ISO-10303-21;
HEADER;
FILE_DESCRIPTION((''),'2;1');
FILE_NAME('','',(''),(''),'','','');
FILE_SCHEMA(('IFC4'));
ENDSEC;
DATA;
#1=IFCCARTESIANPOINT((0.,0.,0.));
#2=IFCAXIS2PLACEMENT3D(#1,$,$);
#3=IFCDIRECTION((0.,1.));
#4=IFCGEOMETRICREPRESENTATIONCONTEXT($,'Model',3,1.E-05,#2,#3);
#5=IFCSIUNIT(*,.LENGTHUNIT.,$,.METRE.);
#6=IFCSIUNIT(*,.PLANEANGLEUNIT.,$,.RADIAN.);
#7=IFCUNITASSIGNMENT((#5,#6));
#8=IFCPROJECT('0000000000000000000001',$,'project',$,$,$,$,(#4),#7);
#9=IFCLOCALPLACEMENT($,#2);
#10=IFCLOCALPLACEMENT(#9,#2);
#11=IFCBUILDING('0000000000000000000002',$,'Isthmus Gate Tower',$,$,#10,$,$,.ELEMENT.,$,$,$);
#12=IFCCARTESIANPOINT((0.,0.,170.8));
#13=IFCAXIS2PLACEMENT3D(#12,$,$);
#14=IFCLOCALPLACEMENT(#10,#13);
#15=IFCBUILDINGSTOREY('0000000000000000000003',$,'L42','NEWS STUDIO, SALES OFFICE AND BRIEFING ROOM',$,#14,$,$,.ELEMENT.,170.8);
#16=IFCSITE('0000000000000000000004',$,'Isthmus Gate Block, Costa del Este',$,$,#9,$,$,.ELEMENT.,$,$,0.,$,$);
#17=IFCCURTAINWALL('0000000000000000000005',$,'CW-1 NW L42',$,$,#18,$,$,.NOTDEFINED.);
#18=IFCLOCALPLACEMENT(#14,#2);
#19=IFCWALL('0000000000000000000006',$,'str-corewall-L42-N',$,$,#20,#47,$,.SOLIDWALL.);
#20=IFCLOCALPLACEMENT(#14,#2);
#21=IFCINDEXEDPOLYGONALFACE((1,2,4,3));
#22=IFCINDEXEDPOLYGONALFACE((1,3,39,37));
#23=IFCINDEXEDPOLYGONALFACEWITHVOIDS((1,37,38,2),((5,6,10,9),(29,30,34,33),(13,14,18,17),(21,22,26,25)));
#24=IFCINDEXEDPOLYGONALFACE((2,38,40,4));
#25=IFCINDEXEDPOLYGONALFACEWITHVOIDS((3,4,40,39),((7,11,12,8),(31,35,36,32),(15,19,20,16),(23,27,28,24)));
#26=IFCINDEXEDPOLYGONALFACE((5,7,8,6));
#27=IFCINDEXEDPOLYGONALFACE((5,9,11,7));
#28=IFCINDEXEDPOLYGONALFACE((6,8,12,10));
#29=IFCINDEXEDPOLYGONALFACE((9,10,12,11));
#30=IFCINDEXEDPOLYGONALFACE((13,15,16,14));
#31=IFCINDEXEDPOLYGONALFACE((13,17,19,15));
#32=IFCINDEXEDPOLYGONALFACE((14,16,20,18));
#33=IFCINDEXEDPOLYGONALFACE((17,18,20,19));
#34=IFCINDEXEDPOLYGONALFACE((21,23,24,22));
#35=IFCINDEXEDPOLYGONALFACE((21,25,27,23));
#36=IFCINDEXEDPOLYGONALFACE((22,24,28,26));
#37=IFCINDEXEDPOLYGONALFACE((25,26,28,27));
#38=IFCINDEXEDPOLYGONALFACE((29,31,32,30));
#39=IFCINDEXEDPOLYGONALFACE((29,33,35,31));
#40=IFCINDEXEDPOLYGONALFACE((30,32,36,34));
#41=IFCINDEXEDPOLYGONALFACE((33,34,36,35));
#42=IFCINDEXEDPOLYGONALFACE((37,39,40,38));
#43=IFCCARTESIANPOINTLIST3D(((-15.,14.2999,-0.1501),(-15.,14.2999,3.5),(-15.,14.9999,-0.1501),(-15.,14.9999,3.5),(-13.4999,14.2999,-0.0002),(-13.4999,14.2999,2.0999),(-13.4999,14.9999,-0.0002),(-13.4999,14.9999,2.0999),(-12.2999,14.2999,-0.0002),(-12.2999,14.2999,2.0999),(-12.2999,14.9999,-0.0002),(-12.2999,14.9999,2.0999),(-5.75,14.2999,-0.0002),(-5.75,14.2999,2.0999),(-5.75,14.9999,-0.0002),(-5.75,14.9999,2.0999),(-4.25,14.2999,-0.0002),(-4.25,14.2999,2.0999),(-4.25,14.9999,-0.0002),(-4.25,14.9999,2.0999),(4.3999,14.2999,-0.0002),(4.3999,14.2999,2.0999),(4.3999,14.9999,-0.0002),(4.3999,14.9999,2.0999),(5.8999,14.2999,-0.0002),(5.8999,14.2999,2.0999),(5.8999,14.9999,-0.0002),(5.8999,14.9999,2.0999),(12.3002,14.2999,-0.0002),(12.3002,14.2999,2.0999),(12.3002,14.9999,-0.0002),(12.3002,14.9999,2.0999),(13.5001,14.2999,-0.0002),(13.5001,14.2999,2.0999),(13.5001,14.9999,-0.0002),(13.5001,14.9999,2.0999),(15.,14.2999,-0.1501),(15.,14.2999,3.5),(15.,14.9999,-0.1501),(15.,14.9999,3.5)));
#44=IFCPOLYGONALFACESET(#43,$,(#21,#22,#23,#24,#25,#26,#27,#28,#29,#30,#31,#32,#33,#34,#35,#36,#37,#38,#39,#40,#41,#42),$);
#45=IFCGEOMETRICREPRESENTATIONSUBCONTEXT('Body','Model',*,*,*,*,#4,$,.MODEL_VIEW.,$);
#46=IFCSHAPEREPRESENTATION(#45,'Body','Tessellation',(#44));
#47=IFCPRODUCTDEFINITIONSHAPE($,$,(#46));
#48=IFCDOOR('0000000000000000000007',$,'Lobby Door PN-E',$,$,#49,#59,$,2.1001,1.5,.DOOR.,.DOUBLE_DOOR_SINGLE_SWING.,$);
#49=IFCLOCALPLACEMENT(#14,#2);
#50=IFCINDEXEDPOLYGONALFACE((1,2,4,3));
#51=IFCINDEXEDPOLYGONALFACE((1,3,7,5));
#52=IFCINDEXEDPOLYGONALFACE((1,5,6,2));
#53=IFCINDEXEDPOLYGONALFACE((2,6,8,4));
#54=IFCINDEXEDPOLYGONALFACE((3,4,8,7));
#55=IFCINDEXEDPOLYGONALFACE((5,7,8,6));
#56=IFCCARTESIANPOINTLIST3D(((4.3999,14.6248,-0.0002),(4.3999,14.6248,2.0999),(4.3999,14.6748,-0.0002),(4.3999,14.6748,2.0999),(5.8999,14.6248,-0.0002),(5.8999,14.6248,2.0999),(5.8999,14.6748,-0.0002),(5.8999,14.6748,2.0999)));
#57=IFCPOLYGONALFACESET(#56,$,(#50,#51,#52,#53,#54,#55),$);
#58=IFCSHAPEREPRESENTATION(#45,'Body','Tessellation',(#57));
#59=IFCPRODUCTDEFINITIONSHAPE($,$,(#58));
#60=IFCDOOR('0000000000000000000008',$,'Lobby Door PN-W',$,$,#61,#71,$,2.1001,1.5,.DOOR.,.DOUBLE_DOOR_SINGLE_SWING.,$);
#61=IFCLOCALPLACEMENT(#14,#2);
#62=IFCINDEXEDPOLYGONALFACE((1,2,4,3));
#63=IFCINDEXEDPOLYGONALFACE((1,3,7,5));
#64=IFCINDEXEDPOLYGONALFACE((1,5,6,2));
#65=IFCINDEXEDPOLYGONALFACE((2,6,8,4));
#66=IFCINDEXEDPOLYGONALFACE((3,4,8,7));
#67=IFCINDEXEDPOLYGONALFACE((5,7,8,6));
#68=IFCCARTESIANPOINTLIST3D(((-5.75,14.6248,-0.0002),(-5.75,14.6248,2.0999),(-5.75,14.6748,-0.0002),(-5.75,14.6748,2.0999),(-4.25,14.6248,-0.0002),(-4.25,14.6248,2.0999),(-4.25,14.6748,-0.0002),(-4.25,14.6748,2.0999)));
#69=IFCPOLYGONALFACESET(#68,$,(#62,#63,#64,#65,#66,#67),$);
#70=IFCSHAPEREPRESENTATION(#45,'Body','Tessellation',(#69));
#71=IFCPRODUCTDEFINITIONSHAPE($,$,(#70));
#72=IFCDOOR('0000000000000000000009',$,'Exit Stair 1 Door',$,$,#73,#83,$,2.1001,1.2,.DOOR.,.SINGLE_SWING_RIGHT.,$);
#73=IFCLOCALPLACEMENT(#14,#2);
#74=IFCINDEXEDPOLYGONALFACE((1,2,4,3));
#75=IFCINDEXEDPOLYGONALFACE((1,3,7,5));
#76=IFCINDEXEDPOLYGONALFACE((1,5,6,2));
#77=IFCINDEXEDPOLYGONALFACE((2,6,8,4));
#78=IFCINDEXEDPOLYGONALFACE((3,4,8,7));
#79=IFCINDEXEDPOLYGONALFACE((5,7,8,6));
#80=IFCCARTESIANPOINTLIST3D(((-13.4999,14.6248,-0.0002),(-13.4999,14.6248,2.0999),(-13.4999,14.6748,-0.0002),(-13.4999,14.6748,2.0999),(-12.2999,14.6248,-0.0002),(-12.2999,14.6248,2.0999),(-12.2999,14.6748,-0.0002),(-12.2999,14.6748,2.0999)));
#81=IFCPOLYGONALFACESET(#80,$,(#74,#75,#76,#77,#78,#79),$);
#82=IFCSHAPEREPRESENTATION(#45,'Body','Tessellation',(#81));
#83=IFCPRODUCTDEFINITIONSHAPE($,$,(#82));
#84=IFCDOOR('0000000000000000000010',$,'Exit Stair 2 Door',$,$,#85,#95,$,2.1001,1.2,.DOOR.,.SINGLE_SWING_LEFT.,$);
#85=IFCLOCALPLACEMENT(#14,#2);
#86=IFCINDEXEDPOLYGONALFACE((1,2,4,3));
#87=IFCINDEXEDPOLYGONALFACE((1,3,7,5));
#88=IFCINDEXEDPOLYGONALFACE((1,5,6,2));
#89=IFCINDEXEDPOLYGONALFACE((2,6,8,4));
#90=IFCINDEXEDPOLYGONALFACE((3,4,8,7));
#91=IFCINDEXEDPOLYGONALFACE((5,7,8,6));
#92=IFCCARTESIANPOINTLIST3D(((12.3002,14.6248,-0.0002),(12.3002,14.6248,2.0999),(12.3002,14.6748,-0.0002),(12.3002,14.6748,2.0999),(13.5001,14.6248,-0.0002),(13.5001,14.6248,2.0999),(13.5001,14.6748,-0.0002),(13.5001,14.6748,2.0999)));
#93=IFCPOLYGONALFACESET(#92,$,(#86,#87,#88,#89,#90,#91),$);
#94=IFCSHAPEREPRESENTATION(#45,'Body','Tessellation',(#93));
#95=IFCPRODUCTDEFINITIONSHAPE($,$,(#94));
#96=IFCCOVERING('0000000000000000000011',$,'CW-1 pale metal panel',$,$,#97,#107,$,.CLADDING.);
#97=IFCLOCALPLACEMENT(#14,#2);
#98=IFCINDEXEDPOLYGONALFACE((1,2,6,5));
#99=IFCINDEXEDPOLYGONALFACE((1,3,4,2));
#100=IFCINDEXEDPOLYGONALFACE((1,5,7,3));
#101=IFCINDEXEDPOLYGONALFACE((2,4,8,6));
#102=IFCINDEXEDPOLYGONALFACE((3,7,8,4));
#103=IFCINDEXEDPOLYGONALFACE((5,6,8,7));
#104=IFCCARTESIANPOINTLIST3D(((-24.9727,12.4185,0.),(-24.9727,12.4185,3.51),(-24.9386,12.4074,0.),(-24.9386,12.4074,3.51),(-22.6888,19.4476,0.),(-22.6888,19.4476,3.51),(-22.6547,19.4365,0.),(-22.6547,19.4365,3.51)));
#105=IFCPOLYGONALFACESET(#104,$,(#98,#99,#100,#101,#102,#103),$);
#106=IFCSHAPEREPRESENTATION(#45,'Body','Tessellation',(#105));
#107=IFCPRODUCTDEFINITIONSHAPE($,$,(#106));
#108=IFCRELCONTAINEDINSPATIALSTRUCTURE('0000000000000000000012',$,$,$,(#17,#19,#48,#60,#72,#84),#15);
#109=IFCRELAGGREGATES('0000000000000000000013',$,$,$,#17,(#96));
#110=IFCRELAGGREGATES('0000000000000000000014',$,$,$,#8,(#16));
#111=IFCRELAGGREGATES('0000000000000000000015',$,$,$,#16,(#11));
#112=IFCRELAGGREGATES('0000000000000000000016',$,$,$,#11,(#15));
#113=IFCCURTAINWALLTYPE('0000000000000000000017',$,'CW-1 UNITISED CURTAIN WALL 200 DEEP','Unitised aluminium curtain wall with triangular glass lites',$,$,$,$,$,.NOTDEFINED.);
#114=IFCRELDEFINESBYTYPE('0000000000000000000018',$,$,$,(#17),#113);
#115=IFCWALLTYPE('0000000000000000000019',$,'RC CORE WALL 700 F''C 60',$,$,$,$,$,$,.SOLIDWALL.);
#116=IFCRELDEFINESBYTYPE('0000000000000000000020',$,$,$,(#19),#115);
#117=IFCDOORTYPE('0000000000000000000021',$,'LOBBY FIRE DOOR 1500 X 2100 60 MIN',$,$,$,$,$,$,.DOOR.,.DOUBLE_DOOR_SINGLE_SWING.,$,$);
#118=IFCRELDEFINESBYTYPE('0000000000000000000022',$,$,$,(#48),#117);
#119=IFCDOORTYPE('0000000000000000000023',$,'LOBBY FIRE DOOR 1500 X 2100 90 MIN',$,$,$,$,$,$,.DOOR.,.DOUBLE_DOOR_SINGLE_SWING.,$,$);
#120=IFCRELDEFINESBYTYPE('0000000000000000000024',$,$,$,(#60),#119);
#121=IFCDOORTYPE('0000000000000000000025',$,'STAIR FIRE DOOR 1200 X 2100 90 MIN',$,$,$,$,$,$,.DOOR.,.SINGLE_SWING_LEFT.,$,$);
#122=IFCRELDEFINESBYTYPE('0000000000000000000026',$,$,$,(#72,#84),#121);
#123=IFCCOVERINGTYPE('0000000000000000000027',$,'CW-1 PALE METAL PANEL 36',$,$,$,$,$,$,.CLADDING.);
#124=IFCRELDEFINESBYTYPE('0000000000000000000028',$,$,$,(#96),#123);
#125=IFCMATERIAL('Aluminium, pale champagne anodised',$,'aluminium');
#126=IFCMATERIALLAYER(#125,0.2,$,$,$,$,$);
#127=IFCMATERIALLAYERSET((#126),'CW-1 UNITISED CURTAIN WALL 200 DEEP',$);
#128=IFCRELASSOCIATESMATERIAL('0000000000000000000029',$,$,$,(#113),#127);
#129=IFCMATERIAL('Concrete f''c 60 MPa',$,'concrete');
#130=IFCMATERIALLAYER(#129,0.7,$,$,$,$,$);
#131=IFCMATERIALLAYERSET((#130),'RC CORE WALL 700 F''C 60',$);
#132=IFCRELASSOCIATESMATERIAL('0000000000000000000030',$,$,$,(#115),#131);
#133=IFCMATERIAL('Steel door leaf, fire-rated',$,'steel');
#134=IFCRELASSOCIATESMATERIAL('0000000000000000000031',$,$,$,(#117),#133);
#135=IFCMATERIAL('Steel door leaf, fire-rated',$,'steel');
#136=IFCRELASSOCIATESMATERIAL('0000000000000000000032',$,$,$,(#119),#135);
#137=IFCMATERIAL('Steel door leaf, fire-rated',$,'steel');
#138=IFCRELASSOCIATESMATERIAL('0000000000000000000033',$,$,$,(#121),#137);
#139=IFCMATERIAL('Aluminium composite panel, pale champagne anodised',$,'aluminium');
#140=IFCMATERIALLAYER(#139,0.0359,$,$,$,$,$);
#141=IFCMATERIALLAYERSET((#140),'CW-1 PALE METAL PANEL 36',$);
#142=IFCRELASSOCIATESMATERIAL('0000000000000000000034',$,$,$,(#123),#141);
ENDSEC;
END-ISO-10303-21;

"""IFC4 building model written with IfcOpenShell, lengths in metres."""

from ifc_helpers import new_model, si_unit, direction, frame, frame_2d, origin, origin_2d, place, context, subcontext, project, spatial, rectangle, extrude, material, layer, layer_set, type_object, element, fill, aggregate, save


model = new_model("IFC4")

# Units and contexts
model_context = context("Model", 3, precision=1e-05, world=origin(), true_north=direction((0.0, 1.0)))
body_context = subcontext(model_context, "Body", "Model", "MODEL_VIEW")
ifc_project = project(units=[si_unit("LENGTHUNIT", "METRE"), si_unit("PLANEANGLEUNIT", "RADIAN")], contexts=[model_context])

# Site, building, storey
site_placement = place(None, origin())
site = spatial("IfcSite", under=ifc_project, at=site_placement, Name="Isthmus Gate Block, Costa del Este", CompositionType="ELEMENT", RefElevation=0.0)
building_placement = place(site_placement, origin())
building = spatial("IfcBuilding", under=site, at=building_placement, Name="Isthmus Gate Tower", CompositionType="ELEMENT")
storey_placement = place(building_placement, frame((0.0, 0.0, 170.8)))
storey = spatial("IfcBuildingStorey", under=building, at=storey_placement, Name="L42", Description="NEWS STUDIO, SALES OFFICE AND BRIEFING ROOM", CompositionType="ELEMENT", Elevation=170.8)

# Curtain wall
ifc_material_1 = material(Name="Aluminium, pale champagne anodised", Category="aluminium")
ifc_layer_1 = layer(ifc_material_1, 0.2)
ifc_layer_set_1 = layer_set([ifc_layer_1], Name="CW-1 UNITISED CURTAIN WALL 200 DEEP")
curtain_wall_type = type_object("IfcCurtainWallType", Name="CW-1 UNITISED CURTAIN WALL 200 DEEP", Description="Unitised aluminium curtain wall with triangular glass lites", PredefinedType="NOTDEFINED", material=ifc_layer_set_1)
curtain_wall_1_placement = place(storey_placement, origin())
curtain_wall_1 = element("IfcCurtainWall", 1, at=curtain_wall_1_placement, inside=storey, type_object=curtain_wall_type, Name="CW-1 NW L42", PredefinedType="NOTDEFINED")

# Wall, openings, doors
ifc_material_2 = material(Name="Concrete f'c 60 MPa", Category="concrete")
ifc_layer_2 = layer(ifc_material_2, 0.7)
ifc_layer_set_2 = layer_set([ifc_layer_2], Name="RC CORE WALL 700 F'C 60")
wall_type_1 = type_object("IfcWallType", Name="RC CORE WALL 700 F'C 60", PredefinedType="SOLIDWALL", material=ifc_layer_set_2)
wall_1_placement = place(storey_placement, frame((-15.0, 14.6499, -0.1501), z_axis=(0.0, 0.0, 1.0), x_axis=(1.0, 0.0, 0.0)))
wall_1 = element("IfcWall", 2, at=wall_1_placement, inside=storey, type_object=wall_type_1, Name="str-corewall-L42-N", PredefinedType="SOLIDWALL", context=body_context, shape_type="SweptSolid", body=[
    extrude(rectangle(XDim=30.0, YDim=0.7, at=frame_2d((15.0, 0.0))), origin(), (0.0, 0.0, 1.0), 3.6501),
])
opening_1_placement = place(wall_1_placement, frame((9.25, 0.0, 0.1499)))
opening_1 = element("IfcOpeningElement", 3, at=opening_1_placement, cuts=wall_1, PredefinedType="OPENING", context=body_context, shape_type="SweptSolid", body=[
    extrude(rectangle(XDim=1.5, YDim=2.1001, at=frame_2d((0.75, 1.05))), frame((0.0, 0.3599, 0.0), z_axis=(0.0, -1.0, 0.0), x_axis=(1.0, 0.0, 0.0)), (0.0, 0.0, 1.0), 0.72),
])
opening_2_placement = place(wall_1_placement, frame((19.3999, 0.0, 0.1499)))
opening_2 = element("IfcOpeningElement", 4, at=opening_2_placement, cuts=wall_1, PredefinedType="OPENING", context=body_context, shape_type="SweptSolid", body=[
    extrude(rectangle(XDim=1.5, YDim=2.1001, at=frame_2d((0.75, 1.05))), frame((0.0, 0.3599, 0.0), z_axis=(0.0, -1.0, 0.0), x_axis=(1.0, 0.0, 0.0)), (0.0, 0.0, 1.0), 0.72),
])
opening_3_placement = place(wall_1_placement, frame((1.5, 0.0, 0.1499)))
opening_3 = element("IfcOpeningElement", 5, at=opening_3_placement, cuts=wall_1, PredefinedType="OPENING", context=body_context, shape_type="SweptSolid", body=[
    extrude(rectangle(XDim=1.2, YDim=2.1001, at=frame_2d((0.6001, 1.05))), frame((0.0, 0.3599, 0.0), z_axis=(0.0, -1.0, 0.0), x_axis=(1.0, 0.0, 0.0)), (0.0, 0.0, 1.0), 0.72),
])
opening_4_placement = place(wall_1_placement, frame((27.3, 0.0, 0.1499)))
opening_4 = element("IfcOpeningElement", 6, at=opening_4_placement, cuts=wall_1, PredefinedType="OPENING", context=body_context, shape_type="SweptSolid", body=[
    extrude(rectangle(XDim=1.2, YDim=2.1001, at=frame_2d((0.6001, 1.05))), frame((0.0, 0.3599, 0.0), z_axis=(0.0, -1.0, 0.0), x_axis=(1.0, 0.0, 0.0)), (0.0, 0.0, 1.0), 0.72),
])
ifc_material_3 = material(Name="Steel door leaf, fire-rated", Category="steel")
door_type_1 = type_object("IfcDoorType", Name="LOBBY FIRE DOOR 1500 X 2100 60 MIN", OperationType="DOUBLE_DOOR_SINGLE_SWING", PredefinedType="DOOR", material=ifc_material_3)
door_1_placement = place(opening_2_placement, origin())
door_1 = element("IfcDoor", 7, at=door_1_placement, inside=storey, type_object=door_type_1, Name="Lobby Door PN-E", OperationType="DOUBLE_DOOR_SINGLE_SWING", OverallHeight=2.1001, OverallWidth=1.5, PredefinedType="DOOR", context=body_context, shape_type="SweptSolid", body=[
    extrude(rectangle(XDim=1.5, YDim=2.1001, at=frame_2d((0.75, 1.05))), frame((0.0, 0.0249, 0.0), z_axis=(0.0, -1.0, 0.0), x_axis=(1.0, 0.0, 0.0)), (0.0, 0.0, 1.0), 0.05),
])
fill(opening_2, door_1)
ifc_material_4 = material(Name="Steel door leaf, fire-rated", Category="steel")
door_type_2 = type_object("IfcDoorType", Name="LOBBY FIRE DOOR 1500 X 2100 90 MIN", OperationType="DOUBLE_DOOR_SINGLE_SWING", PredefinedType="DOOR", material=ifc_material_4)
door_2_placement = place(opening_1_placement, origin())
door_2 = element("IfcDoor", 8, at=door_2_placement, inside=storey, type_object=door_type_2, Name="Lobby Door PN-W", OperationType="DOUBLE_DOOR_SINGLE_SWING", OverallHeight=2.1001, OverallWidth=1.5, PredefinedType="DOOR", context=body_context, shape_type="SweptSolid", body=[
    extrude(rectangle(XDim=1.5, YDim=2.1001, at=frame_2d((0.75, 1.05))), frame((0.0, 0.0249, 0.0), z_axis=(0.0, -1.0, 0.0), x_axis=(1.0, 0.0, 0.0)), (0.0, 0.0, 1.0), 0.05),
])
fill(opening_1, door_2)
ifc_material_5 = material(Name="Steel door leaf, fire-rated", Category="steel")
door_type_3 = type_object("IfcDoorType", Name="STAIR FIRE DOOR 1200 X 2100 90 MIN", OperationType="SINGLE_SWING_LEFT", PredefinedType="DOOR", material=ifc_material_5)
door_3_placement = place(opening_3_placement, origin())
door_3 = element("IfcDoor", 9, at=door_3_placement, inside=storey, type_object=door_type_3, Name="Exit Stair 1 Door", OperationType="SINGLE_SWING_RIGHT", OverallHeight=2.1001, OverallWidth=1.2, PredefinedType="DOOR", context=body_context, shape_type="SweptSolid", body=[
    extrude(rectangle(XDim=1.2, YDim=2.1001, at=frame_2d((0.6001, 1.05))), frame((0.0, 0.0249, 0.0), z_axis=(0.0, -1.0, 0.0), x_axis=(1.0, 0.0, 0.0)), (0.0, 0.0, 1.0), 0.05),
])
fill(opening_3, door_3)
door_4_placement = place(opening_4_placement, origin())
door_4 = element("IfcDoor", 10, at=door_4_placement, inside=storey, type_object=door_type_3, Name="Exit Stair 2 Door", OperationType="SINGLE_SWING_LEFT", OverallHeight=2.1001, OverallWidth=1.2, PredefinedType="DOOR", context=body_context, shape_type="SweptSolid", body=[
    extrude(rectangle(XDim=1.2, YDim=2.1001, at=frame_2d((0.6001, 1.05))), frame((0.0, 0.0249, 0.0), z_axis=(0.0, -1.0, 0.0), x_axis=(1.0, 0.0, 0.0)), (0.0, 0.0, 1.0), 0.05),
])
fill(opening_4, door_4)

# Covering
ifc_material_6 = material(Name="Aluminium composite panel, pale champagne anodised", Category="aluminium")
ifc_layer_3 = layer(ifc_material_6, 0.0359)
ifc_layer_set_3 = layer_set([ifc_layer_3], Name="CW-1 PALE METAL PANEL 36")
covering_type = type_object("IfcCoveringType", Name="CW-1 PALE METAL PANEL 36", PredefinedType="CLADDING", material=ifc_layer_set_3)
covering_placement = place(storey_placement, frame((-23.8137, 15.9275, 0.0), z_axis=(0.0, 0.0, 1.0), x_axis=(-0.309017, -0.951057, 0.0)))
covering = element("IfcCovering", 11, at=covering_placement, type_object=covering_type, Name="CW-1 pale metal panel", PredefinedType="CLADDING", context=body_context, shape_type="SweptSolid", body=[
    extrude(rectangle(XDim=7.3909, YDim=0.0359, at=origin_2d()), origin(), (0.0, 0.0, 1.0), 3.51),
])
aggregate(curtain_wall_1, [covering])

save(model, "model.ifc")
